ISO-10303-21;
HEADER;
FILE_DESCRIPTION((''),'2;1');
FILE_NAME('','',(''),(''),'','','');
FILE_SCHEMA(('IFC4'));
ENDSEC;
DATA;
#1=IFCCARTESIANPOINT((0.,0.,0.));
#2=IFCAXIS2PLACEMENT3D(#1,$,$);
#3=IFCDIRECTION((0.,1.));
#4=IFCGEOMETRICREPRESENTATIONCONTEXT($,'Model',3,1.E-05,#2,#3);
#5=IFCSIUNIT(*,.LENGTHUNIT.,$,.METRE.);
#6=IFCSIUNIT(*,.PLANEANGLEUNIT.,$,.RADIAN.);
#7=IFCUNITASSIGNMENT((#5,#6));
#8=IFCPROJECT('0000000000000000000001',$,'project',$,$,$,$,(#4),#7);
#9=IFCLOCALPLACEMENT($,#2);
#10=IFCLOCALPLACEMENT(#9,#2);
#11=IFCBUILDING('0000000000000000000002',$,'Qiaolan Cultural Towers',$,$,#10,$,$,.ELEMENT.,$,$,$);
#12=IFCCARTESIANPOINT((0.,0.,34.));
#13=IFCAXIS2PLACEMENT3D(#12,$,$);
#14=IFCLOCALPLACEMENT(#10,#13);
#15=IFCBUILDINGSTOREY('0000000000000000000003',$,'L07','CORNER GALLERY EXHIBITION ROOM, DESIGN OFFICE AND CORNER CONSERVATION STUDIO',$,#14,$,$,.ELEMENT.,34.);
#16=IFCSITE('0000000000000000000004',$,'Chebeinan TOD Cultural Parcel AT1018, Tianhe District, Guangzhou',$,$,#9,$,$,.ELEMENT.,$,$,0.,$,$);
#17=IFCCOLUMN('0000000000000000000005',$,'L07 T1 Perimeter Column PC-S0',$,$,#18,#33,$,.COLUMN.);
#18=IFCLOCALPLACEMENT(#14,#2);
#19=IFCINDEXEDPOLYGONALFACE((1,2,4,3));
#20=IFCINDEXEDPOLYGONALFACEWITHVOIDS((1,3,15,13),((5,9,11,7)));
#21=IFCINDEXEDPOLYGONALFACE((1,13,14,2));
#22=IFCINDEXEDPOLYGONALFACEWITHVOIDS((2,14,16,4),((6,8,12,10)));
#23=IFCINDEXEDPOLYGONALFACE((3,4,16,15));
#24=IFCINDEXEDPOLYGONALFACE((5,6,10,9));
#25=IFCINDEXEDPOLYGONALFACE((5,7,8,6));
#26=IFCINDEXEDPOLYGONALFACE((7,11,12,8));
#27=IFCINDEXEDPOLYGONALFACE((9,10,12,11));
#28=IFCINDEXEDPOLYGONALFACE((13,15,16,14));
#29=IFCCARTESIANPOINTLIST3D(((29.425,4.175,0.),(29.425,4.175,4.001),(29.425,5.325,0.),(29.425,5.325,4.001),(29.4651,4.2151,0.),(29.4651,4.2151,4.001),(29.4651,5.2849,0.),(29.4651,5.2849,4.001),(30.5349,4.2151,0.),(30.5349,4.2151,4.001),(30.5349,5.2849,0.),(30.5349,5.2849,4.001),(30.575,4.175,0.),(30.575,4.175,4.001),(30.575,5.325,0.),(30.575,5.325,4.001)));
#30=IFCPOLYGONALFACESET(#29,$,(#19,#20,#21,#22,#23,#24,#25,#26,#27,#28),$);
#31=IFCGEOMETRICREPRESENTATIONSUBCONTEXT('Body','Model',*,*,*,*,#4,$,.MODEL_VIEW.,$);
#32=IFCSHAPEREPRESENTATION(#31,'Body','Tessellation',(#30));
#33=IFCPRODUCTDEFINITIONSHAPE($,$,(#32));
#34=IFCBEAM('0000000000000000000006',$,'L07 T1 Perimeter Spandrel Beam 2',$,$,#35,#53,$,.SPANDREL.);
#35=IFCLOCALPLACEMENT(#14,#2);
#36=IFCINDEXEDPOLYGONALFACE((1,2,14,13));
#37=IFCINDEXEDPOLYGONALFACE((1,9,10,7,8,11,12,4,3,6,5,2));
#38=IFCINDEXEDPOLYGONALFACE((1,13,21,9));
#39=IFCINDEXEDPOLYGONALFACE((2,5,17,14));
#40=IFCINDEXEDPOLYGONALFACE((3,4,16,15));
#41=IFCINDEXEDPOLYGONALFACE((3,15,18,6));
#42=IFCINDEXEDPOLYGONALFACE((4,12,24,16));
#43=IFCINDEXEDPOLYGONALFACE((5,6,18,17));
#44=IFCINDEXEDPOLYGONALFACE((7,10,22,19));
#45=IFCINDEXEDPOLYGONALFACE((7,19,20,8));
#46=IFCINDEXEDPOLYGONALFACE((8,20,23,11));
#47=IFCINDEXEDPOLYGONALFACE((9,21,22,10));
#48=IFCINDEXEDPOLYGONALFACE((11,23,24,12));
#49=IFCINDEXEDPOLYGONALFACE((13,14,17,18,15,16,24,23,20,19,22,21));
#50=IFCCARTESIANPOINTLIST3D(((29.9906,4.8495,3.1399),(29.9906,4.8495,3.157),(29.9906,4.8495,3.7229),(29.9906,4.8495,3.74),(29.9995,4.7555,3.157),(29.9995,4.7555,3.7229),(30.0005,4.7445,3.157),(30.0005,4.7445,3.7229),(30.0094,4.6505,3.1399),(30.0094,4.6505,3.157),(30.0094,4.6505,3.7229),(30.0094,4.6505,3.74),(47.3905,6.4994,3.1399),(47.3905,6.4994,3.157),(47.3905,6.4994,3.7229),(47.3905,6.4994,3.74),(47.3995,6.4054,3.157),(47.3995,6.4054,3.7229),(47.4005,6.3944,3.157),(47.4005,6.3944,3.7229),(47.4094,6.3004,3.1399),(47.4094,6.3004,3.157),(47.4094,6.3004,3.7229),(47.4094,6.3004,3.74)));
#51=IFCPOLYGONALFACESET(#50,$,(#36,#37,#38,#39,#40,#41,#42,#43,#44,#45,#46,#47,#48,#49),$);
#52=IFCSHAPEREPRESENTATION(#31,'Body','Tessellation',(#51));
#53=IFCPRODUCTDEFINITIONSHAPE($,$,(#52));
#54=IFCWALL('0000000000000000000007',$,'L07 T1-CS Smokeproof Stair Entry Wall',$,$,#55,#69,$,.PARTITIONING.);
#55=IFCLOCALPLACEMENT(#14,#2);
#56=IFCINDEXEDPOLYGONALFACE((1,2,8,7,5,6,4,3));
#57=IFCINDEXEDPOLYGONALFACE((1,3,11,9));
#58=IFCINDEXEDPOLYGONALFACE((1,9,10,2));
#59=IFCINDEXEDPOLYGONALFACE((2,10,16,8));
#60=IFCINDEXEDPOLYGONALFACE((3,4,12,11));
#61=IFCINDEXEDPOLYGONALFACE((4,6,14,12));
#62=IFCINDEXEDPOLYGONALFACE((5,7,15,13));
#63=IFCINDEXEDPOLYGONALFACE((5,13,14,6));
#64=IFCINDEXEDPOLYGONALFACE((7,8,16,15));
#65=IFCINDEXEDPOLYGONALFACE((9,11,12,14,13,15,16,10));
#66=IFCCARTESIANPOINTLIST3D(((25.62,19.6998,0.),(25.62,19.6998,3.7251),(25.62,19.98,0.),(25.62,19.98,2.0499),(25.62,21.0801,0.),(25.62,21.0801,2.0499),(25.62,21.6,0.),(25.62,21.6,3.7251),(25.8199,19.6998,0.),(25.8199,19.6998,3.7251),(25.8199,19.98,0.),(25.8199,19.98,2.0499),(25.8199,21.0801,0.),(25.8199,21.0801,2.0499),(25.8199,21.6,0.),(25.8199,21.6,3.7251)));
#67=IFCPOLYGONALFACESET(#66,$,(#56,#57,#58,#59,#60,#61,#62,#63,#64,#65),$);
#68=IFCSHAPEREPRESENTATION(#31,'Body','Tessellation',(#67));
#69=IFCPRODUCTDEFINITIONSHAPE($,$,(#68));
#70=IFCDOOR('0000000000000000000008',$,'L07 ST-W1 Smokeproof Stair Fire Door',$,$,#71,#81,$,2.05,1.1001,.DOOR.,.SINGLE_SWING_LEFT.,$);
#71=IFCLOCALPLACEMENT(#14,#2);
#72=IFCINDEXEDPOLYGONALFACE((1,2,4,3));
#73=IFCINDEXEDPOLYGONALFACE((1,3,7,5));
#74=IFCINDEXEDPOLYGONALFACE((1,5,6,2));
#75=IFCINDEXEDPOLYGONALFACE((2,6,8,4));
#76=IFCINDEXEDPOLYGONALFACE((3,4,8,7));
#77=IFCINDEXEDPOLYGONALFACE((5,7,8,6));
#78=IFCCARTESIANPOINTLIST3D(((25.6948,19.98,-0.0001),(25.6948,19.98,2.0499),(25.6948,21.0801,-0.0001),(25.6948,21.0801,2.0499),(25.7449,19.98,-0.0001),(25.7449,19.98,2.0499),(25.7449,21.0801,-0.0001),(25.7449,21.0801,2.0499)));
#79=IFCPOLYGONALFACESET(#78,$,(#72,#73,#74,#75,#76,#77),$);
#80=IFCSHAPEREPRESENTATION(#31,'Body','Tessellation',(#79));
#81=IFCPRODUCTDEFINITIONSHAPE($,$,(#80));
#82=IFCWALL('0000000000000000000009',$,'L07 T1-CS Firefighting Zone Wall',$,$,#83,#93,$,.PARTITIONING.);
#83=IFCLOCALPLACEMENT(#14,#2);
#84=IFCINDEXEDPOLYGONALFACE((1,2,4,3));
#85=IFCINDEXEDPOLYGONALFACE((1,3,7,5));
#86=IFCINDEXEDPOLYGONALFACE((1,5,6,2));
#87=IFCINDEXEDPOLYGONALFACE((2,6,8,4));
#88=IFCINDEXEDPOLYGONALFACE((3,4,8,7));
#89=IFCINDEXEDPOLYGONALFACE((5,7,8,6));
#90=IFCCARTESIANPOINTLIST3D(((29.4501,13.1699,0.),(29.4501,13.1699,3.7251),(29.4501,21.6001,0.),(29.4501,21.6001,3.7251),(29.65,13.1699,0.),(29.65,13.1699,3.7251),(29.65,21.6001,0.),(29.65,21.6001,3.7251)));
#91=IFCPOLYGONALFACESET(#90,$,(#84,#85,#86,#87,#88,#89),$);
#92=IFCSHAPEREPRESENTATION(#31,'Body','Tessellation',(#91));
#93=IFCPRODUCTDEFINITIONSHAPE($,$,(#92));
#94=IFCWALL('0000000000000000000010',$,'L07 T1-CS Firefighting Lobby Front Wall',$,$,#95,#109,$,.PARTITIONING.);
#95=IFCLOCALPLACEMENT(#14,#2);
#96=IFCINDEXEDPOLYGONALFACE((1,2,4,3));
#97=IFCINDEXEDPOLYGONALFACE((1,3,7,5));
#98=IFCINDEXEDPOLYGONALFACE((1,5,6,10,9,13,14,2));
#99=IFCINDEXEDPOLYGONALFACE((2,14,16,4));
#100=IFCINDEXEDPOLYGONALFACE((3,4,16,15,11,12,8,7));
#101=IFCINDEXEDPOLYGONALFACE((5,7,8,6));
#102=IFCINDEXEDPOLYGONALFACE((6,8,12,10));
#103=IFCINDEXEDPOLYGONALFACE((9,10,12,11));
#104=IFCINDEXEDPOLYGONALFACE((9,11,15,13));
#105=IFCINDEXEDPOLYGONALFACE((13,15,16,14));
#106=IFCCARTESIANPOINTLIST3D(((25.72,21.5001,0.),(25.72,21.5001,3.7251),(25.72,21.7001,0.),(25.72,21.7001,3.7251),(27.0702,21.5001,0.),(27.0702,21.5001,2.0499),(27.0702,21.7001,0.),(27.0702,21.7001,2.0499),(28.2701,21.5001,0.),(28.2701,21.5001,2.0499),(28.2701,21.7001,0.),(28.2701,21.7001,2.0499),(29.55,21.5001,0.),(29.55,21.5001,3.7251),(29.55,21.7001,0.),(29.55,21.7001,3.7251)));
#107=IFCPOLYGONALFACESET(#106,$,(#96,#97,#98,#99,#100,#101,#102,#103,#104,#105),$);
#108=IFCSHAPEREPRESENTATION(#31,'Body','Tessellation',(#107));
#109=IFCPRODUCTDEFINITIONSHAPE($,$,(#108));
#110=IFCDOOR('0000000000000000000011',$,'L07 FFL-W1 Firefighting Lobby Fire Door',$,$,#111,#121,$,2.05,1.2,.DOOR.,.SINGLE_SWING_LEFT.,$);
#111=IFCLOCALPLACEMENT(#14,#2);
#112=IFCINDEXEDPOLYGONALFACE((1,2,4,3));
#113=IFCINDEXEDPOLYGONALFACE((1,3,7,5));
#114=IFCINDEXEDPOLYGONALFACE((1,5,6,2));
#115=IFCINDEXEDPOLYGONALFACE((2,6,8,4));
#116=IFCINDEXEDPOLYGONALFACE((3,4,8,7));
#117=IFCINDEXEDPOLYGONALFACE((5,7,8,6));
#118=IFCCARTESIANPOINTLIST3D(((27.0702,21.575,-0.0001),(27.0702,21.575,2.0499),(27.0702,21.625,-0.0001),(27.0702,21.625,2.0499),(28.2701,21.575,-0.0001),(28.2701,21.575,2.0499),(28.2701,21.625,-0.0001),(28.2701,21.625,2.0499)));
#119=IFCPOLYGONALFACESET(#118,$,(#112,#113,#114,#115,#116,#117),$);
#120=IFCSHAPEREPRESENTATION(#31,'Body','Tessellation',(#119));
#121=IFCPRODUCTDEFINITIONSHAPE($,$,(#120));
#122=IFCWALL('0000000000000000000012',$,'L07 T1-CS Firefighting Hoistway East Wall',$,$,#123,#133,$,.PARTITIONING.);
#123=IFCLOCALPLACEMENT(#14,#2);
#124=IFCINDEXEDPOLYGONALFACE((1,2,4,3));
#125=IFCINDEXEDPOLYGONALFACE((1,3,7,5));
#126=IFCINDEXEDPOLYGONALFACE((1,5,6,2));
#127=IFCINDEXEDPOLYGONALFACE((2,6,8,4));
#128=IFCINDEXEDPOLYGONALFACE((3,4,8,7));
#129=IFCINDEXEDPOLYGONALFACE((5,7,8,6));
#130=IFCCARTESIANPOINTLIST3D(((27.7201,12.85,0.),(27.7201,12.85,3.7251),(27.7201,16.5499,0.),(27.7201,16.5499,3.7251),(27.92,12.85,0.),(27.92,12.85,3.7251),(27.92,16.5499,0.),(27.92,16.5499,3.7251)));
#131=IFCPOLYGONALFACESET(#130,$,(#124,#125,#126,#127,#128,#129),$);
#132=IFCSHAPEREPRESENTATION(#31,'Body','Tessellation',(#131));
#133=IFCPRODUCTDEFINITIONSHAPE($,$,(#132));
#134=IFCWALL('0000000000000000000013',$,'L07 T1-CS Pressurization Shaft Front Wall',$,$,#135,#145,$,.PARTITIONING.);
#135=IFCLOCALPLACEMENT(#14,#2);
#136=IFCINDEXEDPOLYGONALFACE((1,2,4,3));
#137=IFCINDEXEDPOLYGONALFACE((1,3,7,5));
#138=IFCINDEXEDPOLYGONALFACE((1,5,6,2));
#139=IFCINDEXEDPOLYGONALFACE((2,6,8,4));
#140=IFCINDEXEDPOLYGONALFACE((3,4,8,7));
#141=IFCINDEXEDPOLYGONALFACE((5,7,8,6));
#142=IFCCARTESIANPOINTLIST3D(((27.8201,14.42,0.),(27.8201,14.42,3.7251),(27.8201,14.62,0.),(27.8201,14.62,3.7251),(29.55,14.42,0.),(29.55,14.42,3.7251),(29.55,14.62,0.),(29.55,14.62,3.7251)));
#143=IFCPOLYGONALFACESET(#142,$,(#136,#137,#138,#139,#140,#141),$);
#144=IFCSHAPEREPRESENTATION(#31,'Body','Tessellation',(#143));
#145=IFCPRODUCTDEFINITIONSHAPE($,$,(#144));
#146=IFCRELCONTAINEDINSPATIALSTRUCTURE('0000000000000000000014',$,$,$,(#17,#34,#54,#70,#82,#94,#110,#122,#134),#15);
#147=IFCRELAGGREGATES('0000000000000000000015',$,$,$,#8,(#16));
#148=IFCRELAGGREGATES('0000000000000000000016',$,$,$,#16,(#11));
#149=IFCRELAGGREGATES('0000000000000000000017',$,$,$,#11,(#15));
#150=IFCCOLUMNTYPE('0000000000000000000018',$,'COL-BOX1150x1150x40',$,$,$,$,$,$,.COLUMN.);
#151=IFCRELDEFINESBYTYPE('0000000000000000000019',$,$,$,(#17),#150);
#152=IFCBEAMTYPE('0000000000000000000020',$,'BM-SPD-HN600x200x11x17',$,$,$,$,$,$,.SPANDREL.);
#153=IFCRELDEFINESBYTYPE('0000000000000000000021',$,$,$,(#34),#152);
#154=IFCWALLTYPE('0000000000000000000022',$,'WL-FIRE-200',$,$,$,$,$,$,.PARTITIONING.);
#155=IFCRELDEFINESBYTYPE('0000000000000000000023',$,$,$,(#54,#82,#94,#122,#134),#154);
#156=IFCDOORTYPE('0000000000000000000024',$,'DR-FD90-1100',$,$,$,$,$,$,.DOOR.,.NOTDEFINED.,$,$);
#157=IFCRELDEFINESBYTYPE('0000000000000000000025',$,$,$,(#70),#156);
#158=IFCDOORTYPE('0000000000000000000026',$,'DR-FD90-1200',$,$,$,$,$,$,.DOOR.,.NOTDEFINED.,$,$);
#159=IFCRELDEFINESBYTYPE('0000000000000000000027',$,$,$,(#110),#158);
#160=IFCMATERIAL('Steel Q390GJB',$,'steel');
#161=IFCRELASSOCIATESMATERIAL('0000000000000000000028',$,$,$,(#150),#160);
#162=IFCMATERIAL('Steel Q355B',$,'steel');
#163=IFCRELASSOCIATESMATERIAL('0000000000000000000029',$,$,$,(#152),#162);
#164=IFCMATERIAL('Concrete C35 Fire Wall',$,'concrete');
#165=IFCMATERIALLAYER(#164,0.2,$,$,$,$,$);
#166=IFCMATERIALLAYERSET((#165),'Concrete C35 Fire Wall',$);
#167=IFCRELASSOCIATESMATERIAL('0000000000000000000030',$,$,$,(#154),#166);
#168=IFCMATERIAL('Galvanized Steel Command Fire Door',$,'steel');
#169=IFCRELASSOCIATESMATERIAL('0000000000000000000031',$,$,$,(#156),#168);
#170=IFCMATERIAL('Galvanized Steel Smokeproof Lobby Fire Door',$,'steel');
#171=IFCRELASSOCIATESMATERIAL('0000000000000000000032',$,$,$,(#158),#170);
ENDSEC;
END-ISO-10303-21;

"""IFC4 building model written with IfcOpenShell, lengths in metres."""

from ifc_helpers import new_model, si_unit, direction, frame, frame_2d, origin, origin_2d, place, context, subcontext, project, spatial, rectangle, hollow_rectangle, i_section, extrude, material, layer, layer_set, material_profile, profile_set, type_object, element, fill, save


model = new_model("IFC4")

# Units and contexts
model_context = context("Model", 3, precision=1e-05, world=origin(), true_north=direction((0.0, 1.0)))
body_context = subcontext(model_context, "Body", "Model", "MODEL_VIEW")
ifc_project = project(units=[si_unit("LENGTHUNIT", "METRE"), si_unit("PLANEANGLEUNIT", "RADIAN")], contexts=[model_context])

# Site, building, storey
site_placement = place(None, origin())
site = spatial("IfcSite", under=ifc_project, at=site_placement, Name="Chebeinan TOD Cultural Parcel AT1018, Tianhe District, Guangzhou", CompositionType="ELEMENT", RefElevation=0.0)
building_placement = place(site_placement, origin())
building = spatial("IfcBuilding", under=site, at=building_placement, Name="Qiaolan Cultural Towers", CompositionType="ELEMENT")
storey_placement = place(building_placement, frame((0.0, 0.0, 34.0)))
storey = spatial("IfcBuildingStorey", under=building, at=storey_placement, Name="L07", Description="CORNER GALLERY EXHIBITION ROOM, DESIGN OFFICE AND CORNER CONSERVATION STUDIO", CompositionType="ELEMENT", Elevation=34.0)

# Column
ifc_material_1 = material(Name="Steel Q390GJB", Category="steel")
ifc_material_profile_1 = material_profile(ifc_material_1, hollow_rectangle(XDim=1.1499, YDim=1.1499, WallThickness=0.04, at=origin_2d()), Name="BOX1150x1150x40")
ifc_profile_set_1 = profile_set([ifc_material_profile_1], Name="Steel Q390GJB")
column_type = type_object("IfcColumnType", Name="COL-BOX1150x1150x40", PredefinedType="COLUMN", material=ifc_profile_set_1)
column_placement = place(storey_placement, frame((30.0, 4.75, 0.0), z_axis=(0.0, 0.0, 1.0), x_axis=(1.0, 0.0, 0.0)))
element("IfcColumn", 1, at=column_placement, inside=storey, type_object=column_type, Name="L07 T1 Perimeter Column PC-S0", PredefinedType="COLUMN", context=body_context, shape_type="SweptSolid", body=[
    extrude(hollow_rectangle(XDim=1.1499, YDim=1.1499, WallThickness=0.04, at=origin_2d()), origin(), (0.0, 0.0, 1.0), 4.001),
])

# Beam
ifc_material_2 = material(Name="Steel Q355B", Category="steel")
ifc_material_profile_2 = material_profile(ifc_material_2, i_section(OverallWidth=0.2, OverallDepth=0.6001, WebThickness=0.011, FlangeThickness=0.0171, at=origin_2d()), Name="HN600x200x11x17")
ifc_profile_set_2 = profile_set([ifc_material_profile_2], Name="Steel Q355B")
beam_type = type_object("IfcBeamType", Name="BM-SPD-HN600x200x11x17", PredefinedType="SPANDREL", material=ifc_profile_set_2)
beam_placement = place(storey_placement, frame((30.0, 4.75, 3.4399), z_axis=(0.995534, 0.094399, 0.0), x_axis=(-0.094399, 0.995534, 0.0)))
element("IfcBeam", 2, at=beam_placement, inside=storey, type_object=beam_type, Name="L07 T1 Perimeter Spandrel Beam 2", PredefinedType="SPANDREL", context=body_context, shape_type="SweptSolid", body=[
    extrude(i_section(OverallWidth=0.2, OverallDepth=0.6001, WebThickness=0.011, FlangeThickness=0.0171, at=origin_2d()), origin(), (0.0, 0.0, 1.0), 17.478),
])

# Wall, opening, door
ifc_material_3 = material(Name="Concrete C35 Fire Wall", Category="concrete")
ifc_layer_1 = layer(ifc_material_3, 0.2)
ifc_layer_set_1 = layer_set([ifc_layer_1], Name="Concrete C35 Fire Wall")
wall_type_1 = type_object("IfcWallType", Name="WL-FIRE-200", PredefinedType="PARTITIONING", material=ifc_layer_set_1)
wall_1_placement = place(storey_placement, frame((25.72, 21.6001, 0.0), z_axis=(0.0, 0.0, 1.0), x_axis=(0.0, -1.0, 0.0)))
wall_1 = element("IfcWall", 3, at=wall_1_placement, inside=storey, type_object=wall_type_1, Name="L07 T1-CS Smokeproof Stair Entry Wall", PredefinedType="PARTITIONING", context=body_context, shape_type="SweptSolid", body=[
    extrude(rectangle(XDim=1.9001, YDim=0.2, at=frame_2d((0.9502, 0.0))), origin(), (0.0, 0.0, 1.0), 3.7251),
])
opening_1_placement = place(wall_1_placement, frame((0.52, 0.0, 0.0)))
opening_1 = element("IfcOpeningElement", 4, at=opening_1_placement, cuts=wall_1, PredefinedType="OPENING", context=body_context, shape_type="SweptSolid", body=[
    extrude(rectangle(XDim=1.1001, YDim=2.05, at=frame_2d((0.55, 1.0249))), frame((0.0, 0.1099, 0.0), z_axis=(0.0, -1.0, 0.0), x_axis=(1.0, 0.0, 0.0)), (0.0, 0.0, 1.0), 0.22),
])
ifc_material_4 = material(Name="Galvanized Steel Command Fire Door", Category="steel")
door_type_1 = type_object("IfcDoorType", Name="DR-FD90-1100", OperationType="NOTDEFINED", PredefinedType="DOOR", material=ifc_material_4)
door_1_placement = place(opening_1_placement, origin())
door_1 = element("IfcDoor", 5, at=door_1_placement, inside=storey, type_object=door_type_1, Name="L07 ST-W1 Smokeproof Stair Fire Door", OperationType="SINGLE_SWING_LEFT", OverallHeight=2.05, OverallWidth=1.1001, PredefinedType="DOOR", context=body_context, shape_type="SweptSolid", body=[
    extrude(rectangle(XDim=1.1001, YDim=2.05, at=frame_2d((0.55, 1.0249))), frame((0.0, 0.0249, 0.0), z_axis=(0.0, -1.0, 0.0), x_axis=(1.0, 0.0, 0.0)), (0.0, 0.0, 1.0), 0.05),
])
fill(opening_1, door_1)

# Wall
wall_2_placement = place(storey_placement, frame((29.55, 21.6001, 0.0), z_axis=(0.0, 0.0, 1.0), x_axis=(0.0, -1.0, 0.0)))
element("IfcWall", 6, at=wall_2_placement, inside=storey, type_object=wall_type_1, Name="L07 T1-CS Firefighting Zone Wall", PredefinedType="PARTITIONING", context=body_context, shape_type="SweptSolid", body=[
    extrude(rectangle(XDim=8.4302, YDim=0.2, at=frame_2d((4.2151, 0.0))), origin(), (0.0, 0.0, 1.0), 3.7251),
])

# Wall, opening, door
wall_3_placement = place(storey_placement, frame((25.72, 21.6001, 0.0), z_axis=(0.0, 0.0, 1.0), x_axis=(1.0, 0.0, 0.0)))
wall_3 = element("IfcWall", 7, at=wall_3_placement, inside=storey, type_object=wall_type_1, Name="L07 T1-CS Firefighting Lobby Front Wall", PredefinedType="PARTITIONING", context=body_context, shape_type="SweptSolid", body=[
    extrude(rectangle(XDim=3.8301, YDim=0.2, at=frame_2d((1.915, 0.0))), origin(), (0.0, 0.0, 1.0), 3.7251),
])
opening_2_placement = place(wall_3_placement, frame((1.3501, 0.0, 0.0)))
opening_2 = element("IfcOpeningElement", 8, at=opening_2_placement, cuts=wall_3, PredefinedType="OPENING", context=body_context, shape_type="SweptSolid", body=[
    extrude(rectangle(XDim=1.2, YDim=2.05, at=frame_2d((0.6001, 1.0249))), frame((0.0, 0.1099, 0.0), z_axis=(0.0, -1.0, 0.0), x_axis=(1.0, 0.0, 0.0)), (0.0, 0.0, 1.0), 0.22),
])
ifc_material_5 = material(Name="Galvanized Steel Smokeproof Lobby Fire Door", Category="steel")
door_type_2 = type_object("IfcDoorType", Name="DR-FD90-1200", OperationType="NOTDEFINED", PredefinedType="DOOR", material=ifc_material_5)
door_2_placement = place(opening_2_placement, origin())
door_2 = element("IfcDoor", 9, at=door_2_placement, inside=storey, type_object=door_type_2, Name="L07 FFL-W1 Firefighting Lobby Fire Door", OperationType="SINGLE_SWING_LEFT", OverallHeight=2.05, OverallWidth=1.2, PredefinedType="DOOR", context=body_context, shape_type="SweptSolid", body=[
    extrude(rectangle(XDim=1.2, YDim=2.05, at=frame_2d((0.6001, 1.0249))), frame((0.0, 0.0249, 0.0), z_axis=(0.0, -1.0, 0.0), x_axis=(1.0, 0.0, 0.0)), (0.0, 0.0, 1.0), 0.05),
])
fill(opening_2, door_2)

# Walls
wall_4_placement = place(storey_placement, frame((27.8201, 16.55, 0.0), z_axis=(0.0, 0.0, 1.0), x_axis=(0.0, -1.0, 0.0)))
element("IfcWall", 10, at=wall_4_placement, inside=storey, type_object=wall_type_1, Name="L07 T1-CS Firefighting Hoistway East Wall", PredefinedType="PARTITIONING", context=body_context, shape_type="SweptSolid", body=[
    extrude(rectangle(XDim=3.7, YDim=0.2, at=frame_2d((1.8501, 0.0))), origin(), (0.0, 0.0, 1.0), 3.7251),
])
wall_5_placement = place(storey_placement, frame((27.8201, 14.52, 0.0), z_axis=(0.0, 0.0, 1.0), x_axis=(1.0, 0.0, 0.0)))
element("IfcWall", 11, at=wall_5_placement, inside=storey, type_object=wall_type_1, Name="L07 T1-CS Pressurization Shaft Front Wall", PredefinedType="PARTITIONING", context=body_context, shape_type="SweptSolid", body=[
    extrude(rectangle(XDim=1.73, YDim=0.2, at=frame_2d((0.865, 0.0))), origin(), (0.0, 0.0, 1.0), 3.7251),
])

save(model, "model.ifc")
